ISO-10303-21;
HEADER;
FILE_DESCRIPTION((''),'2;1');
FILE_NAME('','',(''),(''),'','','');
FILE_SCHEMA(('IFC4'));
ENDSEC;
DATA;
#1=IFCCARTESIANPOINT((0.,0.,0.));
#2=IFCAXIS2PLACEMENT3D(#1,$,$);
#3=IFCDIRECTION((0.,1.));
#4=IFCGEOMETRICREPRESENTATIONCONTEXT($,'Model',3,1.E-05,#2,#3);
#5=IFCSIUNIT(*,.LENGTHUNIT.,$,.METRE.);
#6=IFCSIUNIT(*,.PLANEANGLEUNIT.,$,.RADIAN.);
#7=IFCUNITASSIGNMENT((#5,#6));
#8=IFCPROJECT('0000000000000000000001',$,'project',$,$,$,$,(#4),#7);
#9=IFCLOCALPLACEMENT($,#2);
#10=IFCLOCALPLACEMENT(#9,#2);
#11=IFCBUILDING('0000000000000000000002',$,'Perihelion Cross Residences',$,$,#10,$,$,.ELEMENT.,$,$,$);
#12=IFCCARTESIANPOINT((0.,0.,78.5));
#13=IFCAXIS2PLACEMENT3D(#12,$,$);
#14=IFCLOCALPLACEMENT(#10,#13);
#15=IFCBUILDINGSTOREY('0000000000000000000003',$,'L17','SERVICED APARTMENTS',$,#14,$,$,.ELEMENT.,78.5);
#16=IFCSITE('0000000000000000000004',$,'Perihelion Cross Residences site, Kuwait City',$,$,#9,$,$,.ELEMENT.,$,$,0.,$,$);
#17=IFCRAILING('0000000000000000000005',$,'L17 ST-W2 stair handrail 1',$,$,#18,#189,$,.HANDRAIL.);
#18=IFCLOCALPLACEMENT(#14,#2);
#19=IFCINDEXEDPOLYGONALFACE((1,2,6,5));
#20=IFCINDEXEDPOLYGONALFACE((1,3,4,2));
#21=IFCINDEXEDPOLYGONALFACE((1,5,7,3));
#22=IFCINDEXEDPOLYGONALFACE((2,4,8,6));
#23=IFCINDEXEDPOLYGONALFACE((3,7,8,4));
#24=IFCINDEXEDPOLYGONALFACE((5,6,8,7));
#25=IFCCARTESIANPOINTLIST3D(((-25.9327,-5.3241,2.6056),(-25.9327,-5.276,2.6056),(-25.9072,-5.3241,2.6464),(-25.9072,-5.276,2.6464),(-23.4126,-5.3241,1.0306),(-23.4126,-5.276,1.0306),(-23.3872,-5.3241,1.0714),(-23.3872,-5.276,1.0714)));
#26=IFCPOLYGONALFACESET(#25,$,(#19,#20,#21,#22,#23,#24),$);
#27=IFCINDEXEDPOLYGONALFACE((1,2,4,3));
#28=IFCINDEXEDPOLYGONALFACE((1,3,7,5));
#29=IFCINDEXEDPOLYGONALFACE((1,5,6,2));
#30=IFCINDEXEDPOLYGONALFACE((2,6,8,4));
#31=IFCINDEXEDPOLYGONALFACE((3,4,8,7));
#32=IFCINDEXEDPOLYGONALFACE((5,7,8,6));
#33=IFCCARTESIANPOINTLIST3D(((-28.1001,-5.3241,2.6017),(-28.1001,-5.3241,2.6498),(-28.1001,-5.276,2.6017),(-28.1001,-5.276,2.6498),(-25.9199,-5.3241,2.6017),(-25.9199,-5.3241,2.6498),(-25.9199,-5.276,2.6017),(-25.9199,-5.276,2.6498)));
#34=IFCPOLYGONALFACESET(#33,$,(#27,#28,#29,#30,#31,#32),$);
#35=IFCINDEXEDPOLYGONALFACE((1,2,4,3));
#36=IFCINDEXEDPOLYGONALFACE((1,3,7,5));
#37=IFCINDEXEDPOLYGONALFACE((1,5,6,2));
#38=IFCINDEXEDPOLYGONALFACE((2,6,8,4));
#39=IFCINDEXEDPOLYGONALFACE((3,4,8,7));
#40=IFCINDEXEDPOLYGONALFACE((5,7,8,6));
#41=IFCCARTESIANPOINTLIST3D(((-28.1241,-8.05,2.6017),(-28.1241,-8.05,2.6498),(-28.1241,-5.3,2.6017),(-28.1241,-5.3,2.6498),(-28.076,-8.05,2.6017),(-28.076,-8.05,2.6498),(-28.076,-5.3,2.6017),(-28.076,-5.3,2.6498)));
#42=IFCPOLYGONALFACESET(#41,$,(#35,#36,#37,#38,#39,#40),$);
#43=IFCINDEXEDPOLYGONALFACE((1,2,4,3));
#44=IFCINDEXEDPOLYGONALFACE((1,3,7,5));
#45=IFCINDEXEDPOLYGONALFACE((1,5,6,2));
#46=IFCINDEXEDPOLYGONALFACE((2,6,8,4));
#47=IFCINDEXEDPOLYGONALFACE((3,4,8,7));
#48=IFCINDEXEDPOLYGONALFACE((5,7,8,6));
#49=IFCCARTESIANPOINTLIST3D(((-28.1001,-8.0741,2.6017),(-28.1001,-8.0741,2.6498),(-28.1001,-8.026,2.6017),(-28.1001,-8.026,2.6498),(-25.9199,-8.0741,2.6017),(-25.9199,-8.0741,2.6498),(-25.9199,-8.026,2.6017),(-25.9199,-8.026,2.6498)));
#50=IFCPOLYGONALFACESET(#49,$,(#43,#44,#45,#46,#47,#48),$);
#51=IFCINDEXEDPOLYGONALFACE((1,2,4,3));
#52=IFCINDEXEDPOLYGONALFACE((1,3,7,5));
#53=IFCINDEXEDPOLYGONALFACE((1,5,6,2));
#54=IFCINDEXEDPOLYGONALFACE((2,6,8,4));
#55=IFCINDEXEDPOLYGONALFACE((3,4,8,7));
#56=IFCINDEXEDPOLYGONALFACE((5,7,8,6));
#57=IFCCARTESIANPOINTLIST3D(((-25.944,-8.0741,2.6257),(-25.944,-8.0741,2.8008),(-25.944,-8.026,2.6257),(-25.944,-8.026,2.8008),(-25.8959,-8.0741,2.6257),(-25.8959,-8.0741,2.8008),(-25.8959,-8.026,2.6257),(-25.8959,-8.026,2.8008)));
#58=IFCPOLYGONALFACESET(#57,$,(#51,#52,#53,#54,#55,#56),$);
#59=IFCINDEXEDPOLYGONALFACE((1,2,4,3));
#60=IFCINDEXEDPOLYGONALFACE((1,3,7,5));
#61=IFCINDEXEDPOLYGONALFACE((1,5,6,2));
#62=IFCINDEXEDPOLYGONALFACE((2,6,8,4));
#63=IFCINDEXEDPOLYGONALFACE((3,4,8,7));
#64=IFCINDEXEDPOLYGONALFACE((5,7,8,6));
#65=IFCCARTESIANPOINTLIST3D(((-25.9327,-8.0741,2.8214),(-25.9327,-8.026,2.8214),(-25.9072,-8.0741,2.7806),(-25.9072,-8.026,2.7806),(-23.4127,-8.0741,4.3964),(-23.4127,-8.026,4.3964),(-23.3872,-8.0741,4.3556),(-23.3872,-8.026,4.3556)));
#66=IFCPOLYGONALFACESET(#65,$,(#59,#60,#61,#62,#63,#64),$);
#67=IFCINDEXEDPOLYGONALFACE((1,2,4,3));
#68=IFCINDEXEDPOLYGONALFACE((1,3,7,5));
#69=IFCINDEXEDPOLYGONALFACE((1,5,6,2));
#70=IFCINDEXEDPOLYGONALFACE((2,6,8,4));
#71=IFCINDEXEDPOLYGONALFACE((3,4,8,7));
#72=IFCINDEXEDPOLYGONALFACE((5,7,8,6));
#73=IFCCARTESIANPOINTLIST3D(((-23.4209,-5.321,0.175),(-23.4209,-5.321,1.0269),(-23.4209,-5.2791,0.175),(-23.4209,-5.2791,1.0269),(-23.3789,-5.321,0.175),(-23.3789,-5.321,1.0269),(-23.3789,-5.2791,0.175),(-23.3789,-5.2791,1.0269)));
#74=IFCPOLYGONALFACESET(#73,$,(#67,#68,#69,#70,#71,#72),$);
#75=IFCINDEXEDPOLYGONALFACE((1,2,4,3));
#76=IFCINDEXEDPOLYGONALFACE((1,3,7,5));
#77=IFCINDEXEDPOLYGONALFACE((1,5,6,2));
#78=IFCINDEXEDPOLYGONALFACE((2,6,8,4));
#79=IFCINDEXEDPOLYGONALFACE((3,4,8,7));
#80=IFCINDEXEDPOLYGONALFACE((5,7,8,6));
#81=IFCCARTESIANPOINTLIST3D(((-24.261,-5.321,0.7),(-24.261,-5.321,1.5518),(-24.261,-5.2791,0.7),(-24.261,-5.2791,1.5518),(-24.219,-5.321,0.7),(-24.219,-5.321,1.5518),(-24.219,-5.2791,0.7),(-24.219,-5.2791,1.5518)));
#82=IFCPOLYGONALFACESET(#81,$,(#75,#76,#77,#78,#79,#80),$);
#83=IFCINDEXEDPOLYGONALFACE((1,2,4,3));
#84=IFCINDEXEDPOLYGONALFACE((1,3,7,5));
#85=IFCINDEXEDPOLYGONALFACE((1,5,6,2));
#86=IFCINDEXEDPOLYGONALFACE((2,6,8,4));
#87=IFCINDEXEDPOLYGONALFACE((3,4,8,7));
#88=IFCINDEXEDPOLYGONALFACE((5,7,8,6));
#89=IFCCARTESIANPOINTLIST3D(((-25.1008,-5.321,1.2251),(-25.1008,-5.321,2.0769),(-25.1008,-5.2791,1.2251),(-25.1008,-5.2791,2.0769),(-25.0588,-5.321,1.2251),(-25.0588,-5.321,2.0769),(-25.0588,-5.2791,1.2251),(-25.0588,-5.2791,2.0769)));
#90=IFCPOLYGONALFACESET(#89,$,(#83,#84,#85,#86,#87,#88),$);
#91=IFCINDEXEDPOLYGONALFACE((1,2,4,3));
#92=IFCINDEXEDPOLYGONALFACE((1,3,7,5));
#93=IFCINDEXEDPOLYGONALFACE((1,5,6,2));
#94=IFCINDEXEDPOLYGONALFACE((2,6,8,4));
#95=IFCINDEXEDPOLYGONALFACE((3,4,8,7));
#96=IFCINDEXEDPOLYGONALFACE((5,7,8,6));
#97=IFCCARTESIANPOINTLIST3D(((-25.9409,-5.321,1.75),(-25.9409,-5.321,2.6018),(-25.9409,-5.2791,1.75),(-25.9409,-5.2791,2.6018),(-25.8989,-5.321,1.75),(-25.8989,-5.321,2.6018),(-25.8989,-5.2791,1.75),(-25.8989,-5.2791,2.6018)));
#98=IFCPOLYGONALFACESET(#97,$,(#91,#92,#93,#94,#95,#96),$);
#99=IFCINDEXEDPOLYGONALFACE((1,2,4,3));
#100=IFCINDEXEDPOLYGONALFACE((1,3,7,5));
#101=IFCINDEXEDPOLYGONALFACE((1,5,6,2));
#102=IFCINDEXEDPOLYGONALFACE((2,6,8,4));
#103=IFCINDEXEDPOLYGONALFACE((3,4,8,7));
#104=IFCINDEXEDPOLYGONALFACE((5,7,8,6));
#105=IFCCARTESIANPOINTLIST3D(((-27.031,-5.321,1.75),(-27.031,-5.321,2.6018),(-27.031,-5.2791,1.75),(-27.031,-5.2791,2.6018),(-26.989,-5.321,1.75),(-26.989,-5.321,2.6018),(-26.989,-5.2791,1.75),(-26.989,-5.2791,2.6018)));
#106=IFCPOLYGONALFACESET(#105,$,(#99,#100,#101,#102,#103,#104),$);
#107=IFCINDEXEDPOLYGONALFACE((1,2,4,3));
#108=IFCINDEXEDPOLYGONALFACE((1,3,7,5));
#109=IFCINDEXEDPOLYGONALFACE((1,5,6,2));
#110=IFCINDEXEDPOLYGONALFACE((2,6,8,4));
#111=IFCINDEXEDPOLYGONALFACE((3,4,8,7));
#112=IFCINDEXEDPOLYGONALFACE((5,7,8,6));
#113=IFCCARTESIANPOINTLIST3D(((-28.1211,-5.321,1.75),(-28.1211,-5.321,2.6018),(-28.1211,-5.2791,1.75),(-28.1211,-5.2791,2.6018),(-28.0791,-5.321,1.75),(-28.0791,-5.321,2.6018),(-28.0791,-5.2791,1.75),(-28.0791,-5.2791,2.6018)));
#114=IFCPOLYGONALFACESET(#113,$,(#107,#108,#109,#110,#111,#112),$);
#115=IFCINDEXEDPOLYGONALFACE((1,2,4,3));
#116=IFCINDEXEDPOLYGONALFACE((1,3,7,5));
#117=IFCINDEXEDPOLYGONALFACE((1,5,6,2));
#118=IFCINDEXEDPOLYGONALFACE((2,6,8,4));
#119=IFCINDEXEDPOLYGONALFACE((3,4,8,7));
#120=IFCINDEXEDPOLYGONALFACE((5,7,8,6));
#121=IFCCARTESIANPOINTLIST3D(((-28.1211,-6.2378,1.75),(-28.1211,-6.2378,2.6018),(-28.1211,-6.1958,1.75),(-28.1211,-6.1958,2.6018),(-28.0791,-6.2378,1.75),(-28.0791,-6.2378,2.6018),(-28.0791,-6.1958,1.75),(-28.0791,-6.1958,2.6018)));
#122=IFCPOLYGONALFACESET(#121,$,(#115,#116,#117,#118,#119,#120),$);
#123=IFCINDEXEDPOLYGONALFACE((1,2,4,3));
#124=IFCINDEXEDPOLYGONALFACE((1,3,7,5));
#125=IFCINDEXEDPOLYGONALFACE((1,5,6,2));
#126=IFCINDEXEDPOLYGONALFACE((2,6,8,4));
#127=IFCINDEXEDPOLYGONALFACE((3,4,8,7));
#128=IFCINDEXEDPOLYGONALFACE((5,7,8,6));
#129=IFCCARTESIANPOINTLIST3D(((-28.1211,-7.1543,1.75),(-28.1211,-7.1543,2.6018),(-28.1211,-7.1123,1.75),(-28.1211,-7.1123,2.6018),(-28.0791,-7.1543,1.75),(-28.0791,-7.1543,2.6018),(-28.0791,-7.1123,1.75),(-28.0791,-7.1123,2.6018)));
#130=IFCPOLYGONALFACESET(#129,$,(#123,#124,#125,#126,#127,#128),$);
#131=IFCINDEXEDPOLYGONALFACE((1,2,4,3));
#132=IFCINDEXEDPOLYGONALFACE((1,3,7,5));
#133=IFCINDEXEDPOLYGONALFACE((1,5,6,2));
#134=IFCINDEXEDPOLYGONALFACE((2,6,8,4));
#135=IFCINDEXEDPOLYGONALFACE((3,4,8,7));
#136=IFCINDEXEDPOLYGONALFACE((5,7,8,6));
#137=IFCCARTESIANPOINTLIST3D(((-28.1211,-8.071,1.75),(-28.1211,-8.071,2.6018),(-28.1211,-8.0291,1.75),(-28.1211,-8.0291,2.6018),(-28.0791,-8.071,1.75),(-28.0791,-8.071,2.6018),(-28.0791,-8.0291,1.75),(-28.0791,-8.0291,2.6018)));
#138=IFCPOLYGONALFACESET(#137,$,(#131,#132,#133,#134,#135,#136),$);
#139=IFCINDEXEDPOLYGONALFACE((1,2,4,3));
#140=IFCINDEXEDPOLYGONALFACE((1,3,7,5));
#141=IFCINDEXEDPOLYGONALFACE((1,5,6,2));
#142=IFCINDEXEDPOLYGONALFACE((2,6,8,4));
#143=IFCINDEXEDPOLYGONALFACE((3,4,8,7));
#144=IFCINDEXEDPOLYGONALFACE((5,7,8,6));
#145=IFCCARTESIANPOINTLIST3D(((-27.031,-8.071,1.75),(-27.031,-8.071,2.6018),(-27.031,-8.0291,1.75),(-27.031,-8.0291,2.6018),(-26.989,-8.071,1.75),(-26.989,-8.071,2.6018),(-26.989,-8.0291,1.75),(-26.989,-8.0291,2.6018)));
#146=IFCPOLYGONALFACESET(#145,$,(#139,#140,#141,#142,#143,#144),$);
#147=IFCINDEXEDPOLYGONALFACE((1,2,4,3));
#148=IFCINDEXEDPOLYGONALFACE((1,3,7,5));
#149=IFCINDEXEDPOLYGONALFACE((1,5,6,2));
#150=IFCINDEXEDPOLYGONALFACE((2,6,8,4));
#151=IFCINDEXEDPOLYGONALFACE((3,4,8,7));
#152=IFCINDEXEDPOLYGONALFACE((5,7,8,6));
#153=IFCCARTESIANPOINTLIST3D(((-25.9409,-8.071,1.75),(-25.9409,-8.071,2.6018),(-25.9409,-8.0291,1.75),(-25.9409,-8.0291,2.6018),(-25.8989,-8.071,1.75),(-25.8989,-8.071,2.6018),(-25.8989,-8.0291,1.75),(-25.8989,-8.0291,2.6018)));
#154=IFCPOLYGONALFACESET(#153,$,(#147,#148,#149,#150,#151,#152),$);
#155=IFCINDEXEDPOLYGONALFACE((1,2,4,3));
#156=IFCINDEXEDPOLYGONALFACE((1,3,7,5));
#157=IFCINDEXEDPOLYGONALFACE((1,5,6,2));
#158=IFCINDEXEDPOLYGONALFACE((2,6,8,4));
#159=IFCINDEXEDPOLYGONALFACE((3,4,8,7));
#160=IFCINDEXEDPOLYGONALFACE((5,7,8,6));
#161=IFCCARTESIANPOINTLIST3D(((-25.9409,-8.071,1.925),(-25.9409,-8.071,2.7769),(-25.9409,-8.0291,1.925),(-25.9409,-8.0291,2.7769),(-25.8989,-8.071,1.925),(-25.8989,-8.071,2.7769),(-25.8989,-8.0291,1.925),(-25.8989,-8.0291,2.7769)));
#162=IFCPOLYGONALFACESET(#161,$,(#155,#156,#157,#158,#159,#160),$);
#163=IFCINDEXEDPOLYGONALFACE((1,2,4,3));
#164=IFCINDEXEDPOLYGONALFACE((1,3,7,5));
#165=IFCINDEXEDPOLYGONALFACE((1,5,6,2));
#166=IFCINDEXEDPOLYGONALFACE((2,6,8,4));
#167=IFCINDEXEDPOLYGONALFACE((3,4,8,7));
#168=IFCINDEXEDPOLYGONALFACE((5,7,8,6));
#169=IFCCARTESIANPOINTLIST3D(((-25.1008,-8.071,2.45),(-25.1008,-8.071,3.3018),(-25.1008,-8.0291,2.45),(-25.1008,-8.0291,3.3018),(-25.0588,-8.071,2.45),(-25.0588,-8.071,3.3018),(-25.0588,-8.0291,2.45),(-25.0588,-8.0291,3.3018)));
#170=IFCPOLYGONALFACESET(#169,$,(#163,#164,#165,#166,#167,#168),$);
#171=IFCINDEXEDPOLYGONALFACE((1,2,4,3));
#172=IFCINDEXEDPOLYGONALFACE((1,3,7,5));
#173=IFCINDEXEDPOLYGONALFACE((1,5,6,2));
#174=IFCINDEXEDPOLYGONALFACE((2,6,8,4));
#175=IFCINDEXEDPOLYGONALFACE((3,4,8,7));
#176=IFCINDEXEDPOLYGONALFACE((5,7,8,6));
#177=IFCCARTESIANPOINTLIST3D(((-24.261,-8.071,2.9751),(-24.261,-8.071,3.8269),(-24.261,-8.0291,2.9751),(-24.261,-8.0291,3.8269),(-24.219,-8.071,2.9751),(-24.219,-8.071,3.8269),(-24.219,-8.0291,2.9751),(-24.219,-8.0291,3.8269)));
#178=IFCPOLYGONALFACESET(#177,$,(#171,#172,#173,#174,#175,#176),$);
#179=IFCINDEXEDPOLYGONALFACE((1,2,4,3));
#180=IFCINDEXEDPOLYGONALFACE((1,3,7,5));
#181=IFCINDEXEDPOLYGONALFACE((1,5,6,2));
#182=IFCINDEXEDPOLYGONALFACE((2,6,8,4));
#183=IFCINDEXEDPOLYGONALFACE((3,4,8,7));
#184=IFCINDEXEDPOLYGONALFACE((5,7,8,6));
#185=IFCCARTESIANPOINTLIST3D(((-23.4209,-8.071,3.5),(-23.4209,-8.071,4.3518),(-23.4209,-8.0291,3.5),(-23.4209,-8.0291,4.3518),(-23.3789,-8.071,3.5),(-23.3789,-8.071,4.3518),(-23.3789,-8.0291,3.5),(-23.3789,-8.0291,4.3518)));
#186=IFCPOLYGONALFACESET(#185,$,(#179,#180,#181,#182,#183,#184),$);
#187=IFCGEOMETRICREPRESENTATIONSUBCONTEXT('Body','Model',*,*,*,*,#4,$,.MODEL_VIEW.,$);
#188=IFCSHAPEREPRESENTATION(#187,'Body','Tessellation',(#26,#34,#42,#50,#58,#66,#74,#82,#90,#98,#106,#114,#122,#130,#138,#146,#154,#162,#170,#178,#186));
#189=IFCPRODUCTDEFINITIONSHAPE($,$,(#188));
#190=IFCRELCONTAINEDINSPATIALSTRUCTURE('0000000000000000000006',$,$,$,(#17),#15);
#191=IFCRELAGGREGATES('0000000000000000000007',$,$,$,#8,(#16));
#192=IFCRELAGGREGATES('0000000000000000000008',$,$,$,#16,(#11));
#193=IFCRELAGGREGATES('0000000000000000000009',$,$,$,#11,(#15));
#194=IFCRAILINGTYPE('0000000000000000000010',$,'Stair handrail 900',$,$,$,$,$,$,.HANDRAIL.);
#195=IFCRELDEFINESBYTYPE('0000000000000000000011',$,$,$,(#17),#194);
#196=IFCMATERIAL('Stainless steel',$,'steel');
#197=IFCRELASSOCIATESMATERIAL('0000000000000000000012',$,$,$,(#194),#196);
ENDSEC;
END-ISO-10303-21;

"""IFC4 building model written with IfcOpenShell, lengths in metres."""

from ifc_helpers import new_model, si_unit, direction, frame, origin, origin_2d, place, context, subcontext, project, spatial, rectangle, extrude, material, type_object, element, save


model = new_model("IFC4")

# Units and contexts
model_context = context("Model", 3, precision=1e-05, world=origin(), true_north=direction((0.0, 1.0)))
body_context = subcontext(model_context, "Body", "Model", "MODEL_VIEW")
ifc_project = project(units=[si_unit("LENGTHUNIT", "METRE"), si_unit("PLANEANGLEUNIT", "RADIAN")], contexts=[model_context])

# Site, building, storey
site_placement = place(None, origin())
site = spatial("IfcSite", under=ifc_project, at=site_placement, Name="Perihelion Cross Residences site, Kuwait City", CompositionType="ELEMENT", RefElevation=0.0)
building_placement = place(site_placement, origin())
building = spatial("IfcBuilding", under=site, at=building_placement, Name="Perihelion Cross Residences", CompositionType="ELEMENT")
storey_placement = place(building_placement, frame((0.0, 0.0, 78.5)))
storey = spatial("IfcBuildingStorey", under=building, at=storey_placement, Name="L17", Description="SERVICED APARTMENTS", CompositionType="ELEMENT", Elevation=78.5)

# Railing
ifc_material_1 = material(Name="Stainless steel", Category="steel")
railing_type_1 = type_object("IfcRailingType", Name="Stair handrail 900", PredefinedType="HANDRAIL", material=ifc_material_1)
railing_1_placement = place(storey_placement, frame((-23.3999, -5.3, 0.175)))
element("IfcRailing", 1, at=railing_1_placement, inside=storey, type_object=railing_type_1, Name="L17 ST-W2 stair handrail 1", PredefinedType="HANDRAIL", context=body_context, shape_type="SweptSolid", body=[
    extrude(rectangle(XDim=0.0481, YDim=0.0481, at=origin_2d()), frame((0.0, 0.0, 0.876), z_axis=(-0.848008, 0.0, 0.529984), x_axis=(0.0, -1.0, 0.0)), (0.0, 0.0, 1.0), 2.9717),
    extrude(rectangle(XDim=0.0481, YDim=0.0481, at=origin_2d()), frame((-2.52, 0.0, 2.4507), z_axis=(-1.0, 0.0, 0.0), x_axis=(0.0, -1.0, 0.0)), (0.0, 0.0, 1.0), 2.1802),
    extrude(rectangle(XDim=0.0481, YDim=0.0481, at=origin_2d()), frame((-4.7002, 0.0, 2.4507), z_axis=(0.0, -1.0, 0.0), x_axis=(1.0, 0.0, 0.0)), (0.0, 0.0, 1.0), 2.75),
    extrude(rectangle(XDim=0.0481, YDim=0.0481, at=origin_2d()), frame((-4.7002, -2.75, 2.4507), z_axis=(1.0, 0.0, 0.0), x_axis=(0.0, 1.0, 0.0)), (0.0, 0.0, 1.0), 2.1802),
    extrude(rectangle(XDim=0.0481, YDim=0.0481, at=origin_2d()), frame((-2.52, -2.75, 2.4507), z_axis=(0.0, 0.0, 1.0), x_axis=(1.0, 0.0, 0.0)), (0.0, 0.0, 1.0), 0.175),
    extrude(rectangle(XDim=0.0481, YDim=0.0481, at=origin_2d()), frame((-2.52, -2.75, 2.626), z_axis=(0.848008, 0.0, 0.529984), x_axis=(0.0, 1.0, 0.0)), (0.0, 0.0, 1.0), 2.9717),
    extrude(rectangle(XDim=0.042, YDim=0.042, at=origin_2d()), origin(), (0.0, 0.0, 1.0), 0.8518),
    extrude(rectangle(XDim=0.042, YDim=0.042, at=origin_2d()), frame((-0.8401, 0.0, 0.5249)), (0.0, 0.0, 1.0), 0.8518),
    extrude(rectangle(XDim=0.042, YDim=0.042, at=origin_2d()), frame((-1.6799, 0.0, 1.05)), (0.0, 0.0, 1.0), 0.8518),
    extrude(rectangle(XDim=0.042, YDim=0.042, at=origin_2d()), frame((-2.52, 0.0, 1.575)), (0.0, 0.0, 1.0), 0.8518),
    extrude(rectangle(XDim=0.042, YDim=0.042, at=origin_2d()), frame((-3.6101, 0.0, 1.575)), (0.0, 0.0, 1.0), 0.8518),
    extrude(rectangle(XDim=0.042, YDim=0.042, at=origin_2d()), frame((-4.7002, 0.0, 1.575)), (0.0, 0.0, 1.0), 0.8518),
    extrude(rectangle(XDim=0.042, YDim=0.042, at=origin_2d()), frame((-4.7002, -0.9167, 1.575)), (0.0, 0.0, 1.0), 0.8518),
    extrude(rectangle(XDim=0.042, YDim=0.042, at=origin_2d()), frame((-4.7002, -1.8333, 1.575)), (0.0, 0.0, 1.0), 0.8518),
    extrude(rectangle(XDim=0.042, YDim=0.042, at=origin_2d()), frame((-4.7002, -2.75, 1.575)), (0.0, 0.0, 1.0), 0.8518),
    extrude(rectangle(XDim=0.042, YDim=0.042, at=origin_2d()), frame((-3.6101, -2.75, 1.575)), (0.0, 0.0, 1.0), 0.8518),
    extrude(rectangle(XDim=0.042, YDim=0.042, at=origin_2d()), frame((-2.52, -2.75, 1.575)), (0.0, 0.0, 1.0), 0.8518),
    extrude(rectangle(XDim=0.042, YDim=0.042, at=origin_2d()), frame((-2.52, -2.75, 1.75)), (0.0, 0.0, 1.0), 0.8518),
    extrude(rectangle(XDim=0.042, YDim=0.042, at=origin_2d()), frame((-1.6799, -2.75, 2.2749)), (0.0, 0.0, 1.0), 0.8518),
    extrude(rectangle(XDim=0.042, YDim=0.042, at=origin_2d()), frame((-0.8401, -2.75, 2.8)), (0.0, 0.0, 1.0), 0.8518),
    extrude(rectangle(XDim=0.042, YDim=0.042, at=origin_2d()), frame((0.0, -2.75, 3.325)), (0.0, 0.0, 1.0), 0.8518),
])

save(model, "model.ifc")
